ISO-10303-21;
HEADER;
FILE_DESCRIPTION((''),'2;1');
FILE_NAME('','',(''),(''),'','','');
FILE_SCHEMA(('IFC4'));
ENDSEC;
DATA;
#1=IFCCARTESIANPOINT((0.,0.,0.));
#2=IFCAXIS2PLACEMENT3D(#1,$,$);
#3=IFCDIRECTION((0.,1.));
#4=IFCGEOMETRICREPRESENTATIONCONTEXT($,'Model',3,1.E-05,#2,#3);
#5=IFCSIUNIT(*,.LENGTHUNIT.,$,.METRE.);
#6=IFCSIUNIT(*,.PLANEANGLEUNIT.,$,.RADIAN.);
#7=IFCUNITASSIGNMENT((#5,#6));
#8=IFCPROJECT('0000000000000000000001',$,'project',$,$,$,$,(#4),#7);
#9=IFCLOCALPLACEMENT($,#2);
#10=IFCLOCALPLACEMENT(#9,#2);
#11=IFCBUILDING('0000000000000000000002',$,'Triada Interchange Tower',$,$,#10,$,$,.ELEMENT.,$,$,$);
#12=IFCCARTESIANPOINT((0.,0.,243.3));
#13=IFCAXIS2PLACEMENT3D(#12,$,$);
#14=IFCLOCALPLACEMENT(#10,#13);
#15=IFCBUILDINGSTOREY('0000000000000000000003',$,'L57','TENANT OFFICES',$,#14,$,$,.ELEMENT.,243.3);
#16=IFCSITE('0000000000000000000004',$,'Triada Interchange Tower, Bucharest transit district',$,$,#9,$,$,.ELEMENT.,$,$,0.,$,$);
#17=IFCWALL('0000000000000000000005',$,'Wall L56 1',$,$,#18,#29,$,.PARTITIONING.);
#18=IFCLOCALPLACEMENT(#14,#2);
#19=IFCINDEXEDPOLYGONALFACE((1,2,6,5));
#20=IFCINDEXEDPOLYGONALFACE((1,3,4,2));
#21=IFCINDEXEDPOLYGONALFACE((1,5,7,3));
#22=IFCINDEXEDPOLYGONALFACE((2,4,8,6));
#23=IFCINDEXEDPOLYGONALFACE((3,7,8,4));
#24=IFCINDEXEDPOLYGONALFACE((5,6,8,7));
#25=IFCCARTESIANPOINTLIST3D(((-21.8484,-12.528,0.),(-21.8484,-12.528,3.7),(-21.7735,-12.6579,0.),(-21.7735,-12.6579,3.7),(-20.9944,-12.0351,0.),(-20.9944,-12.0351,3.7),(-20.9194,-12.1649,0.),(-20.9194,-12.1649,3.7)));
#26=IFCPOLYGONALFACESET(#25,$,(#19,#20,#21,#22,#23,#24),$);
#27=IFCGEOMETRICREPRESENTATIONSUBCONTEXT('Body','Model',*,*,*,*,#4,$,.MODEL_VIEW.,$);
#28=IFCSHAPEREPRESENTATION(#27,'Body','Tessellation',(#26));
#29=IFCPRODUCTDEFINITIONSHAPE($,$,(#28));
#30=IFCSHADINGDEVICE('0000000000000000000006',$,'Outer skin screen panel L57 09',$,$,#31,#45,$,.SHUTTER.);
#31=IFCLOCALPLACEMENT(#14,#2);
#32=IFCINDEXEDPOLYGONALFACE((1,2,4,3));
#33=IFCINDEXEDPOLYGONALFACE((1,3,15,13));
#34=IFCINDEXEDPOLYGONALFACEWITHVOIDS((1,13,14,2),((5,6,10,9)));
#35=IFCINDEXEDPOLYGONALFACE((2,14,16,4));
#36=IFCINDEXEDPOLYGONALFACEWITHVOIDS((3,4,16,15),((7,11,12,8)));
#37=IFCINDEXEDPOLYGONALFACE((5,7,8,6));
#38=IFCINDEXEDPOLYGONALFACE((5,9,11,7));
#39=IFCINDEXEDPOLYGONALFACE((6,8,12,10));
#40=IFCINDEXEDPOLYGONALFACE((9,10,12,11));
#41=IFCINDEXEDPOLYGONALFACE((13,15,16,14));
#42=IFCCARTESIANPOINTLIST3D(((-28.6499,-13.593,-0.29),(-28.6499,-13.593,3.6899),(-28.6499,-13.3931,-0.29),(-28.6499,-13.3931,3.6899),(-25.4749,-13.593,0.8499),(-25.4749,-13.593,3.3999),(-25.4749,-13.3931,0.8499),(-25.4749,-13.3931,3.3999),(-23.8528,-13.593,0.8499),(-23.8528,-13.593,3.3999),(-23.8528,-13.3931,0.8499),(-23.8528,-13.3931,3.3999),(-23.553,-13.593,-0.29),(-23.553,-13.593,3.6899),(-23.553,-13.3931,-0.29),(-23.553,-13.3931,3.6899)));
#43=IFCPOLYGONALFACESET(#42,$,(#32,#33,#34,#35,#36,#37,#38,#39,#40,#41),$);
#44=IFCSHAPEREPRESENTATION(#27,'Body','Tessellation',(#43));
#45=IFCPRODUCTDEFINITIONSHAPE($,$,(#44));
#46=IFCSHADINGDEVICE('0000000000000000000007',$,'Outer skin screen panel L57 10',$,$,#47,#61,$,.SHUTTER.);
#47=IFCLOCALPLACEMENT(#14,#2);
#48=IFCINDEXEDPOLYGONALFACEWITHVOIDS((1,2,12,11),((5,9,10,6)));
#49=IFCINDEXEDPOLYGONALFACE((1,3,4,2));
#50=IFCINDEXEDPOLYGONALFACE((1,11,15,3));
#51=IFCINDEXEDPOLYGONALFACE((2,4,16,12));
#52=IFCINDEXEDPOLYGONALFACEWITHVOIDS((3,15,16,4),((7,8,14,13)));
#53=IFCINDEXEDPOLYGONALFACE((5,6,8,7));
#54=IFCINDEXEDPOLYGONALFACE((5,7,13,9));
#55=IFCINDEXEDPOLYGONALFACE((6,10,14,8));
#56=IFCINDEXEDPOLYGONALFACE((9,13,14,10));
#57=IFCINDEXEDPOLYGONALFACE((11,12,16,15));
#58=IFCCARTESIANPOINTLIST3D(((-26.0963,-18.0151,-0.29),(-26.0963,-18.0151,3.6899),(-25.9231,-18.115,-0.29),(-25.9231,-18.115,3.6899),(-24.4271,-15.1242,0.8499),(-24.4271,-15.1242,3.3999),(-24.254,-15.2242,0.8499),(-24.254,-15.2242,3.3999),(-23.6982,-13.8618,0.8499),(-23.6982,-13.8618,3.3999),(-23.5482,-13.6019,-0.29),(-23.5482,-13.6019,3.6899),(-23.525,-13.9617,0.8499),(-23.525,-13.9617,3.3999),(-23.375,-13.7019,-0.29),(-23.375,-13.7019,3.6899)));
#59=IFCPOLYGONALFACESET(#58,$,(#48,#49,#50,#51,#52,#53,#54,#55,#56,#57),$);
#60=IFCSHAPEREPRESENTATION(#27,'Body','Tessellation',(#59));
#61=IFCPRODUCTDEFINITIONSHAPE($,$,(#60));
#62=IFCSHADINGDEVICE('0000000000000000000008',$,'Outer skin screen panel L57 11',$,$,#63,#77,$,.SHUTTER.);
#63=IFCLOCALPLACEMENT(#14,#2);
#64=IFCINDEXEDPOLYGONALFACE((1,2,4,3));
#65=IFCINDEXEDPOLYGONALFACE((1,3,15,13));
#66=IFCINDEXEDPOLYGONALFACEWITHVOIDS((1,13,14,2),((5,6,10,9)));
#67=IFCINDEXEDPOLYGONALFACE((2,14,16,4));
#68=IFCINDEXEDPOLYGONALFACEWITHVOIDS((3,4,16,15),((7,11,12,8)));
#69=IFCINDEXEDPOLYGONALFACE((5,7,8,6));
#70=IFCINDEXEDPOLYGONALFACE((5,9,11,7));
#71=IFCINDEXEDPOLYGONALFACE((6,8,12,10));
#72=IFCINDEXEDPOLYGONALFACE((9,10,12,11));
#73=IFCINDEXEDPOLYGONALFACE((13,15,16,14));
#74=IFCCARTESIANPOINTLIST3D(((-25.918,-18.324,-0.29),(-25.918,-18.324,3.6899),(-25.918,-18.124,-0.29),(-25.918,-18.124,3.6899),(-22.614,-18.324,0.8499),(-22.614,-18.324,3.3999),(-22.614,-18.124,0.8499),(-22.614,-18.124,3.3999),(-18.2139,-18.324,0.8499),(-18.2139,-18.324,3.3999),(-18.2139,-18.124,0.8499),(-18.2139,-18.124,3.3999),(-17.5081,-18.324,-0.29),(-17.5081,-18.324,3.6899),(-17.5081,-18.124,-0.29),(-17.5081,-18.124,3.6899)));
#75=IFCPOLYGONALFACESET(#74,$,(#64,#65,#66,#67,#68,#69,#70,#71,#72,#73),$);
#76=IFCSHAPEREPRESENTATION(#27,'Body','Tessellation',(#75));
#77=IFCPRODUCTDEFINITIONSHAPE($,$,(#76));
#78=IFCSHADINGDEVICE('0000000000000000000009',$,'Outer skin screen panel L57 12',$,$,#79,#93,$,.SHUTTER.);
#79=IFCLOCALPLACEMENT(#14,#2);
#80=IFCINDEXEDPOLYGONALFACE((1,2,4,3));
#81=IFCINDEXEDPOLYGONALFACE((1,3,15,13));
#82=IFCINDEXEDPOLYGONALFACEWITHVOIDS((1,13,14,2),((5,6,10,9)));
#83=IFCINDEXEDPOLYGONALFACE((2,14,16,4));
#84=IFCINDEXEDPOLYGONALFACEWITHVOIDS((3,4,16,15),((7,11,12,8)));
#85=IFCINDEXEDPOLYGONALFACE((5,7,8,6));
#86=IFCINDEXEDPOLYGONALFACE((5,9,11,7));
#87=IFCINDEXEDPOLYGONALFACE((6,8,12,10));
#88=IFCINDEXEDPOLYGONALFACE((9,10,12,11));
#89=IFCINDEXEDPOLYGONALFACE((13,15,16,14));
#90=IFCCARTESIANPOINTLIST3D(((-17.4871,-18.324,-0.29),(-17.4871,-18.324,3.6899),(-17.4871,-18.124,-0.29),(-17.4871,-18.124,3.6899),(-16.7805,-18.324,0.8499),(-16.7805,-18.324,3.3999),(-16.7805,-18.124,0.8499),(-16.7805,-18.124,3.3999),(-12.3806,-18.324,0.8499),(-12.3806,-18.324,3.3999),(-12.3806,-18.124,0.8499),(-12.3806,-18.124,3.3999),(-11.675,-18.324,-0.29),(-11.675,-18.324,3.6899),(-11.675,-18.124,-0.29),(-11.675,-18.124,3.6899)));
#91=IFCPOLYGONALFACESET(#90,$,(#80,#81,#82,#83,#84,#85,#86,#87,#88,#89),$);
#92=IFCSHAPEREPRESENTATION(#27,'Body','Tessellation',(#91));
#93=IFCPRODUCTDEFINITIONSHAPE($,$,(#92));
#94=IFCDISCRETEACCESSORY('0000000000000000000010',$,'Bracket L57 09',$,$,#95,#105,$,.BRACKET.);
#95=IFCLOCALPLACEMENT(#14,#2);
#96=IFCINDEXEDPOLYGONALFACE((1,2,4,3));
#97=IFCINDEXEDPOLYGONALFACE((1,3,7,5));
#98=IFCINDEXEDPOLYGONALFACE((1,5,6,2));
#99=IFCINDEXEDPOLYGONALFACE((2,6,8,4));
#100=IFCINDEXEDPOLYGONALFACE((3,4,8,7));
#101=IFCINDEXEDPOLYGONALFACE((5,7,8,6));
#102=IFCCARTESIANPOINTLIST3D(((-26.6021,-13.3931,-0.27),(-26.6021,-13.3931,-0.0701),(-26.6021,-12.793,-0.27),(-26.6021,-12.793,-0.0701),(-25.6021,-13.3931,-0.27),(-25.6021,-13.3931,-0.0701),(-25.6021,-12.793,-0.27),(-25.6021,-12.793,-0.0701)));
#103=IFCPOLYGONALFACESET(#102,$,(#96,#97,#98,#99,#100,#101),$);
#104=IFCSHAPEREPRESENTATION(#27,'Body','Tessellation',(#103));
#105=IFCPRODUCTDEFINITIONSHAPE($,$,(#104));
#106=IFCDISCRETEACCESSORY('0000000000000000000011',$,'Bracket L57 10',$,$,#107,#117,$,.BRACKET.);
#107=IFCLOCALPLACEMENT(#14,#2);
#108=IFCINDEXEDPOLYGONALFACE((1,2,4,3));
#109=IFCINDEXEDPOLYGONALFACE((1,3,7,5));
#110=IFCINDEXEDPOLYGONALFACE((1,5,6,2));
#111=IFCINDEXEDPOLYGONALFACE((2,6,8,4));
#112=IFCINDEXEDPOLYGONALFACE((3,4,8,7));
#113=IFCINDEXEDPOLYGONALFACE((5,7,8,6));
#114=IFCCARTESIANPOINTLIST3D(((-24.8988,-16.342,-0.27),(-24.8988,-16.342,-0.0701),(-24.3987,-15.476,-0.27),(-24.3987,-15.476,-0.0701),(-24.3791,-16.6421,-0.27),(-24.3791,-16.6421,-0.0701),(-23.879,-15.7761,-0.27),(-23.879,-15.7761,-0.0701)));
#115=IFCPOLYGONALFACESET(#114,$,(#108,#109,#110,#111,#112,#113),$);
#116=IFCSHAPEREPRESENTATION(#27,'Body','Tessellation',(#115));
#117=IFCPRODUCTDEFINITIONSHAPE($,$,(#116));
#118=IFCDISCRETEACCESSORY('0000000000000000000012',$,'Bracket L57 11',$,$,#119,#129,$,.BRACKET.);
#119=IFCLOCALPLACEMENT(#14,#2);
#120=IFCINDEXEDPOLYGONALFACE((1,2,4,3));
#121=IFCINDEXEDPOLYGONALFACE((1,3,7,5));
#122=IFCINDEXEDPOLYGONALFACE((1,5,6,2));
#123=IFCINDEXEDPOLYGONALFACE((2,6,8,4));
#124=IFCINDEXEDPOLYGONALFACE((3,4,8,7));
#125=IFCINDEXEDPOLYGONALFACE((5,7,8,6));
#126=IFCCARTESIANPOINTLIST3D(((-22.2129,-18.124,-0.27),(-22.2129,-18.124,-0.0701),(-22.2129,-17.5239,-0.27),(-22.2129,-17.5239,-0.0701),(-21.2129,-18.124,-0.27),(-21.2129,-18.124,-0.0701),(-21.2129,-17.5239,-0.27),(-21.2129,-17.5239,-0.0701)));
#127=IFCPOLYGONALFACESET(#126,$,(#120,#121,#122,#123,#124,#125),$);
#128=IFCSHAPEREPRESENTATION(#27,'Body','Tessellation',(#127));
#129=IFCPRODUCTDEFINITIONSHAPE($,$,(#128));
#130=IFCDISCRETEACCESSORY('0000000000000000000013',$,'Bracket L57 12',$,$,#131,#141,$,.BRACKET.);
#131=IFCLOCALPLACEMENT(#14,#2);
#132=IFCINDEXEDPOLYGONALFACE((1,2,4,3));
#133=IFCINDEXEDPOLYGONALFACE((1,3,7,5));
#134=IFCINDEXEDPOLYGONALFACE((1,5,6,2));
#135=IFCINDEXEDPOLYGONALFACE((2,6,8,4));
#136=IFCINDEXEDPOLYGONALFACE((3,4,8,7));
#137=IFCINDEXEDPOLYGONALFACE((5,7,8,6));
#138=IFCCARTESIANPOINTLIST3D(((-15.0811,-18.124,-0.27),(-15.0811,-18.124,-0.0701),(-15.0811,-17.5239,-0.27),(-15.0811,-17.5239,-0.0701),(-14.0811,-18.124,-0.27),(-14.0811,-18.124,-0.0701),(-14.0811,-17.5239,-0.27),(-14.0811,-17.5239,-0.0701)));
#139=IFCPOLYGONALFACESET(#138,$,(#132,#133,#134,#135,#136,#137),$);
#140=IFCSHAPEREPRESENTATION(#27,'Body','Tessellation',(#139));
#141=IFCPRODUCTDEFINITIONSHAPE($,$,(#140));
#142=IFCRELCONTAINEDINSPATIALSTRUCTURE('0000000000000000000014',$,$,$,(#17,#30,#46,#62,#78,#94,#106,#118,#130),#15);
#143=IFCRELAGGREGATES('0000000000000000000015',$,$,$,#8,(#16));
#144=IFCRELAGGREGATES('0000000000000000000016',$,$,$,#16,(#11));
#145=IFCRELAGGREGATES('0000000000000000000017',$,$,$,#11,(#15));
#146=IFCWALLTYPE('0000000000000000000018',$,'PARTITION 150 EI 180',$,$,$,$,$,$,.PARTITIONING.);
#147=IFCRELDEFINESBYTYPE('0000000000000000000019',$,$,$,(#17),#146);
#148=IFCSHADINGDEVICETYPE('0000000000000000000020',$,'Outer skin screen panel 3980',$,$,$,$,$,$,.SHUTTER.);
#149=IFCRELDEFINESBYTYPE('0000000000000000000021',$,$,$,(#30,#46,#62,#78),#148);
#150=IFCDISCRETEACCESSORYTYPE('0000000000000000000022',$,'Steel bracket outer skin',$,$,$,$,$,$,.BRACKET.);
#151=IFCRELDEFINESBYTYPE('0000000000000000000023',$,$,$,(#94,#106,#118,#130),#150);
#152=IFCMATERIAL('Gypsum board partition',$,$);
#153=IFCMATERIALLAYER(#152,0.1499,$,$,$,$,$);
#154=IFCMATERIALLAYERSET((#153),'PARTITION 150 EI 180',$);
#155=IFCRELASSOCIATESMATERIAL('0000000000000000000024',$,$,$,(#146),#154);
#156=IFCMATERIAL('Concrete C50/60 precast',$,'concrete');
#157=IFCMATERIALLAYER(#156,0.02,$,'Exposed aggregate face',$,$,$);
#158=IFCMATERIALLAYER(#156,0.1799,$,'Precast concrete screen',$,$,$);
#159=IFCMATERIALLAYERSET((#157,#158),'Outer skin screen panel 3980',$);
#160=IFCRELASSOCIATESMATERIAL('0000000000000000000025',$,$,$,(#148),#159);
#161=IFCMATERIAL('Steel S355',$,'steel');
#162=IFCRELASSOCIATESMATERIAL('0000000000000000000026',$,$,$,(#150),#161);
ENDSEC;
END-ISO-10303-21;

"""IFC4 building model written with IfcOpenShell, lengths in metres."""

from ifc_helpers import new_model, si_unit, direction, frame, frame_2d, origin, origin_2d, place, context, subcontext, project, spatial, polyline, rectangle, outline, extrude, material, layer, layer_set, type_object, element, save


model = new_model("IFC4")

# Units and contexts
model_context = context("Model", 3, precision=1e-05, world=origin(), true_north=direction((0.0, 1.0)))
body_context = subcontext(model_context, "Body", "Model", "MODEL_VIEW")
ifc_project = project(units=[si_unit("LENGTHUNIT", "METRE"), si_unit("PLANEANGLEUNIT", "RADIAN")], contexts=[model_context])

# Site, building, storey
site_placement = place(None, origin())
site = spatial("IfcSite", under=ifc_project, at=site_placement, Name="Triada Interchange Tower, Bucharest transit district", CompositionType="ELEMENT", RefElevation=0.0)
building_placement = place(site_placement, origin())
building = spatial("IfcBuilding", under=site, at=building_placement, Name="Triada Interchange Tower", CompositionType="ELEMENT")
storey_placement = place(building_placement, frame((0.0, 0.0, 243.3)))
storey = spatial("IfcBuildingStorey", under=building, at=storey_placement, Name="L57", Description="TENANT OFFICES", CompositionType="ELEMENT", Elevation=243.3)

# Wall
ifc_material_1 = material(Name="Gypsum board partition")
ifc_layer_1 = layer(ifc_material_1, 0.1499)
ifc_layer_set_1 = layer_set([ifc_layer_1], Name="PARTITION 150 EI 180")
wall_type_1 = type_object("IfcWallType", Name="PARTITION 150 EI 180", PredefinedType="PARTITIONING", material=ifc_layer_set_1)
wall_1_placement = place(storey_placement, frame((-21.811, -12.593, 0.0), z_axis=(0.0, 0.0, 1.0), x_axis=(0.866087, 0.499894, 0.0)))
element("IfcWall", 1, at=wall_1_placement, inside=storey, type_object=wall_type_1, Name="Wall L56 1", PredefinedType="PARTITIONING", context=body_context, shape_type="SweptSolid", body=[
    extrude(rectangle(XDim=0.9861, YDim=0.1499, at=frame_2d((0.4932, 0.0))), origin(), (0.0, 0.0, 1.0), 3.7),
])

# Shading devices
ifc_material_2 = material(Name="Concrete C50/60 precast", Category="concrete")
ifc_layer_2 = layer(ifc_material_2, 0.02, Name="Exposed aggregate face")
ifc_layer_3 = layer(ifc_material_2, 0.1799, Name="Precast concrete screen")
ifc_layer_set_2 = layer_set([ifc_layer_2, ifc_layer_3], Name="Outer skin screen panel 3980")
shading_device_type = type_object("IfcShadingDeviceType", Name="Outer skin screen panel 3980", PredefinedType="SHUTTER", material=ifc_layer_set_2)
shading_device_1_placement = place(storey_placement, frame((-28.6499, -13.3931, -0.29), z_axis=(0.0, 0.0, 1.0), x_axis=(1.0, 0.0, 0.0)))
element("IfcShadingDevice", 2, at=shading_device_1_placement, inside=storey, type_object=shading_device_type, Name="Outer skin screen panel L57 09", PredefinedType="SHUTTER", context=body_context, shape_type="SweptSolid", body=[
    extrude(outline(polyline([(0.0, 0.0), (5.0969, 0.0), (5.0969, 3.98), (0.0, 3.98), (0.0, 0.0)]), holes=[polyline([(3.175, 1.1399), (3.175, 3.6899), (4.7971, 3.6899), (4.7971, 1.1399), (3.175, 1.1399)])]), frame((0.0, 0.0, 0.0), z_axis=(0.0, -1.0, 0.0), x_axis=(1.0, 0.0, 0.0)), (0.0, 0.0, 1.0), 0.2),
])
shading_device_2_placement = place(storey_placement, frame((-23.375, -13.7019, -0.29), z_axis=(0.0, 0.0, 1.0), x_axis=(-0.500029, -0.866008, 0.0)))
element("IfcShadingDevice", 3, at=shading_device_2_placement, inside=storey, type_object=shading_device_type, Name="Outer skin screen panel L57 10", PredefinedType="SHUTTER", context=body_context, shape_type="SweptSolid", body=[
    extrude(outline(polyline([(0.0, 0.0), (5.0959, 0.0), (5.0959, 3.98), (0.0, 3.98), (0.0, 0.0)]), holes=[polyline([(0.3, 1.1399), (0.3, 3.6899), (1.7578, 3.6899), (1.7578, 1.1399), (0.3, 1.1399)])]), frame((0.0, 0.0, 0.0), z_axis=(0.0, -1.0, 0.0), x_axis=(1.0, 0.0, 0.0)), (0.0, 0.0, 1.0), 0.2),
])
shading_device_3_placement = place(storey_placement, frame((-25.918, -18.124, -0.29), z_axis=(0.0, 0.0, 1.0), x_axis=(1.0, 0.0, 0.0)))
element("IfcShadingDevice", 4, at=shading_device_3_placement, inside=storey, type_object=shading_device_type, Name="Outer skin screen panel L57 11", PredefinedType="SHUTTER", context=body_context, shape_type="SweptSolid", body=[
    extrude(outline(polyline([(0.0, 0.0), (8.4099, 0.0), (8.4099, 3.98), (0.0, 3.98), (0.0, 0.0)]), holes=[polyline([(3.304, 1.1399), (3.304, 3.6899), (7.7041, 3.6899), (7.7041, 1.1399), (3.304, 1.1399)])]), frame((0.0, 0.0, 0.0), z_axis=(0.0, -1.0, 0.0), x_axis=(1.0, 0.0, 0.0)), (0.0, 0.0, 1.0), 0.2),
])
shading_device_4_placement = place(storey_placement, frame((-17.4871, -18.124, -0.29), z_axis=(0.0, 0.0, 1.0), x_axis=(1.0, 0.0, 0.0)))
element("IfcShadingDevice", 5, at=shading_device_4_placement, inside=storey, type_object=shading_device_type, Name="Outer skin screen panel L57 12", PredefinedType="SHUTTER", context=body_context, shape_type="SweptSolid", body=[
    extrude(outline(polyline([(0.0, 0.0), (5.812, 0.0), (5.812, 3.98), (0.0, 3.98), (0.0, 0.0)]), holes=[polyline([(0.7065, 1.1399), (0.7065, 3.6899), (5.1064, 3.6899), (5.1064, 1.1399), (0.7065, 1.1399)])]), frame((0.0, 0.0, 0.0), z_axis=(0.0, -1.0, 0.0), x_axis=(1.0, 0.0, 0.0)), (0.0, 0.0, 1.0), 0.2),
])

# Discrete accessories
ifc_material_3 = material(Name="Steel S355", Category="steel")
discrete_accessory_type = type_object("IfcDiscreteAccessoryType", Name="Steel bracket outer skin", PredefinedType="BRACKET", material=ifc_material_3)
for number, where, z_axis, x_axis, name in (
    (6, (-26.1021, -13.093, -0.27), (0.0, 0.0, 1.0), (0.0, -1.0, 0.0), "Bracket L57 09"),
    (7, (-24.3889, -16.0591, -0.27), (0.0, 0.0, 1.0), (-0.865981, 0.500076, 0.0), "Bracket L57 10"),
    (8, (-21.7129, -17.824, -0.27), (0.0, 0.0, 1.0), (0.0, -1.0, 0.0), "Bracket L57 11"),
    (9, (-14.5811, -17.824, -0.27), (0.0, 0.0, 1.0), (0.0, -1.0, 0.0), "Bracket L57 12"),
):
    element("IfcDiscreteAccessory", number, at=place(storey_placement, frame(where, z_axis=z_axis, x_axis=x_axis)), inside=storey, type_object=discrete_accessory_type, Name=name, PredefinedType="BRACKET", context=body_context, shape_type="SweptSolid", body=[
        extrude(rectangle(XDim=0.6001, YDim=1.0, at=origin_2d()), origin(), (0.0, 0.0, 1.0), 0.2),
    ])

save(model, "model.ifc")
